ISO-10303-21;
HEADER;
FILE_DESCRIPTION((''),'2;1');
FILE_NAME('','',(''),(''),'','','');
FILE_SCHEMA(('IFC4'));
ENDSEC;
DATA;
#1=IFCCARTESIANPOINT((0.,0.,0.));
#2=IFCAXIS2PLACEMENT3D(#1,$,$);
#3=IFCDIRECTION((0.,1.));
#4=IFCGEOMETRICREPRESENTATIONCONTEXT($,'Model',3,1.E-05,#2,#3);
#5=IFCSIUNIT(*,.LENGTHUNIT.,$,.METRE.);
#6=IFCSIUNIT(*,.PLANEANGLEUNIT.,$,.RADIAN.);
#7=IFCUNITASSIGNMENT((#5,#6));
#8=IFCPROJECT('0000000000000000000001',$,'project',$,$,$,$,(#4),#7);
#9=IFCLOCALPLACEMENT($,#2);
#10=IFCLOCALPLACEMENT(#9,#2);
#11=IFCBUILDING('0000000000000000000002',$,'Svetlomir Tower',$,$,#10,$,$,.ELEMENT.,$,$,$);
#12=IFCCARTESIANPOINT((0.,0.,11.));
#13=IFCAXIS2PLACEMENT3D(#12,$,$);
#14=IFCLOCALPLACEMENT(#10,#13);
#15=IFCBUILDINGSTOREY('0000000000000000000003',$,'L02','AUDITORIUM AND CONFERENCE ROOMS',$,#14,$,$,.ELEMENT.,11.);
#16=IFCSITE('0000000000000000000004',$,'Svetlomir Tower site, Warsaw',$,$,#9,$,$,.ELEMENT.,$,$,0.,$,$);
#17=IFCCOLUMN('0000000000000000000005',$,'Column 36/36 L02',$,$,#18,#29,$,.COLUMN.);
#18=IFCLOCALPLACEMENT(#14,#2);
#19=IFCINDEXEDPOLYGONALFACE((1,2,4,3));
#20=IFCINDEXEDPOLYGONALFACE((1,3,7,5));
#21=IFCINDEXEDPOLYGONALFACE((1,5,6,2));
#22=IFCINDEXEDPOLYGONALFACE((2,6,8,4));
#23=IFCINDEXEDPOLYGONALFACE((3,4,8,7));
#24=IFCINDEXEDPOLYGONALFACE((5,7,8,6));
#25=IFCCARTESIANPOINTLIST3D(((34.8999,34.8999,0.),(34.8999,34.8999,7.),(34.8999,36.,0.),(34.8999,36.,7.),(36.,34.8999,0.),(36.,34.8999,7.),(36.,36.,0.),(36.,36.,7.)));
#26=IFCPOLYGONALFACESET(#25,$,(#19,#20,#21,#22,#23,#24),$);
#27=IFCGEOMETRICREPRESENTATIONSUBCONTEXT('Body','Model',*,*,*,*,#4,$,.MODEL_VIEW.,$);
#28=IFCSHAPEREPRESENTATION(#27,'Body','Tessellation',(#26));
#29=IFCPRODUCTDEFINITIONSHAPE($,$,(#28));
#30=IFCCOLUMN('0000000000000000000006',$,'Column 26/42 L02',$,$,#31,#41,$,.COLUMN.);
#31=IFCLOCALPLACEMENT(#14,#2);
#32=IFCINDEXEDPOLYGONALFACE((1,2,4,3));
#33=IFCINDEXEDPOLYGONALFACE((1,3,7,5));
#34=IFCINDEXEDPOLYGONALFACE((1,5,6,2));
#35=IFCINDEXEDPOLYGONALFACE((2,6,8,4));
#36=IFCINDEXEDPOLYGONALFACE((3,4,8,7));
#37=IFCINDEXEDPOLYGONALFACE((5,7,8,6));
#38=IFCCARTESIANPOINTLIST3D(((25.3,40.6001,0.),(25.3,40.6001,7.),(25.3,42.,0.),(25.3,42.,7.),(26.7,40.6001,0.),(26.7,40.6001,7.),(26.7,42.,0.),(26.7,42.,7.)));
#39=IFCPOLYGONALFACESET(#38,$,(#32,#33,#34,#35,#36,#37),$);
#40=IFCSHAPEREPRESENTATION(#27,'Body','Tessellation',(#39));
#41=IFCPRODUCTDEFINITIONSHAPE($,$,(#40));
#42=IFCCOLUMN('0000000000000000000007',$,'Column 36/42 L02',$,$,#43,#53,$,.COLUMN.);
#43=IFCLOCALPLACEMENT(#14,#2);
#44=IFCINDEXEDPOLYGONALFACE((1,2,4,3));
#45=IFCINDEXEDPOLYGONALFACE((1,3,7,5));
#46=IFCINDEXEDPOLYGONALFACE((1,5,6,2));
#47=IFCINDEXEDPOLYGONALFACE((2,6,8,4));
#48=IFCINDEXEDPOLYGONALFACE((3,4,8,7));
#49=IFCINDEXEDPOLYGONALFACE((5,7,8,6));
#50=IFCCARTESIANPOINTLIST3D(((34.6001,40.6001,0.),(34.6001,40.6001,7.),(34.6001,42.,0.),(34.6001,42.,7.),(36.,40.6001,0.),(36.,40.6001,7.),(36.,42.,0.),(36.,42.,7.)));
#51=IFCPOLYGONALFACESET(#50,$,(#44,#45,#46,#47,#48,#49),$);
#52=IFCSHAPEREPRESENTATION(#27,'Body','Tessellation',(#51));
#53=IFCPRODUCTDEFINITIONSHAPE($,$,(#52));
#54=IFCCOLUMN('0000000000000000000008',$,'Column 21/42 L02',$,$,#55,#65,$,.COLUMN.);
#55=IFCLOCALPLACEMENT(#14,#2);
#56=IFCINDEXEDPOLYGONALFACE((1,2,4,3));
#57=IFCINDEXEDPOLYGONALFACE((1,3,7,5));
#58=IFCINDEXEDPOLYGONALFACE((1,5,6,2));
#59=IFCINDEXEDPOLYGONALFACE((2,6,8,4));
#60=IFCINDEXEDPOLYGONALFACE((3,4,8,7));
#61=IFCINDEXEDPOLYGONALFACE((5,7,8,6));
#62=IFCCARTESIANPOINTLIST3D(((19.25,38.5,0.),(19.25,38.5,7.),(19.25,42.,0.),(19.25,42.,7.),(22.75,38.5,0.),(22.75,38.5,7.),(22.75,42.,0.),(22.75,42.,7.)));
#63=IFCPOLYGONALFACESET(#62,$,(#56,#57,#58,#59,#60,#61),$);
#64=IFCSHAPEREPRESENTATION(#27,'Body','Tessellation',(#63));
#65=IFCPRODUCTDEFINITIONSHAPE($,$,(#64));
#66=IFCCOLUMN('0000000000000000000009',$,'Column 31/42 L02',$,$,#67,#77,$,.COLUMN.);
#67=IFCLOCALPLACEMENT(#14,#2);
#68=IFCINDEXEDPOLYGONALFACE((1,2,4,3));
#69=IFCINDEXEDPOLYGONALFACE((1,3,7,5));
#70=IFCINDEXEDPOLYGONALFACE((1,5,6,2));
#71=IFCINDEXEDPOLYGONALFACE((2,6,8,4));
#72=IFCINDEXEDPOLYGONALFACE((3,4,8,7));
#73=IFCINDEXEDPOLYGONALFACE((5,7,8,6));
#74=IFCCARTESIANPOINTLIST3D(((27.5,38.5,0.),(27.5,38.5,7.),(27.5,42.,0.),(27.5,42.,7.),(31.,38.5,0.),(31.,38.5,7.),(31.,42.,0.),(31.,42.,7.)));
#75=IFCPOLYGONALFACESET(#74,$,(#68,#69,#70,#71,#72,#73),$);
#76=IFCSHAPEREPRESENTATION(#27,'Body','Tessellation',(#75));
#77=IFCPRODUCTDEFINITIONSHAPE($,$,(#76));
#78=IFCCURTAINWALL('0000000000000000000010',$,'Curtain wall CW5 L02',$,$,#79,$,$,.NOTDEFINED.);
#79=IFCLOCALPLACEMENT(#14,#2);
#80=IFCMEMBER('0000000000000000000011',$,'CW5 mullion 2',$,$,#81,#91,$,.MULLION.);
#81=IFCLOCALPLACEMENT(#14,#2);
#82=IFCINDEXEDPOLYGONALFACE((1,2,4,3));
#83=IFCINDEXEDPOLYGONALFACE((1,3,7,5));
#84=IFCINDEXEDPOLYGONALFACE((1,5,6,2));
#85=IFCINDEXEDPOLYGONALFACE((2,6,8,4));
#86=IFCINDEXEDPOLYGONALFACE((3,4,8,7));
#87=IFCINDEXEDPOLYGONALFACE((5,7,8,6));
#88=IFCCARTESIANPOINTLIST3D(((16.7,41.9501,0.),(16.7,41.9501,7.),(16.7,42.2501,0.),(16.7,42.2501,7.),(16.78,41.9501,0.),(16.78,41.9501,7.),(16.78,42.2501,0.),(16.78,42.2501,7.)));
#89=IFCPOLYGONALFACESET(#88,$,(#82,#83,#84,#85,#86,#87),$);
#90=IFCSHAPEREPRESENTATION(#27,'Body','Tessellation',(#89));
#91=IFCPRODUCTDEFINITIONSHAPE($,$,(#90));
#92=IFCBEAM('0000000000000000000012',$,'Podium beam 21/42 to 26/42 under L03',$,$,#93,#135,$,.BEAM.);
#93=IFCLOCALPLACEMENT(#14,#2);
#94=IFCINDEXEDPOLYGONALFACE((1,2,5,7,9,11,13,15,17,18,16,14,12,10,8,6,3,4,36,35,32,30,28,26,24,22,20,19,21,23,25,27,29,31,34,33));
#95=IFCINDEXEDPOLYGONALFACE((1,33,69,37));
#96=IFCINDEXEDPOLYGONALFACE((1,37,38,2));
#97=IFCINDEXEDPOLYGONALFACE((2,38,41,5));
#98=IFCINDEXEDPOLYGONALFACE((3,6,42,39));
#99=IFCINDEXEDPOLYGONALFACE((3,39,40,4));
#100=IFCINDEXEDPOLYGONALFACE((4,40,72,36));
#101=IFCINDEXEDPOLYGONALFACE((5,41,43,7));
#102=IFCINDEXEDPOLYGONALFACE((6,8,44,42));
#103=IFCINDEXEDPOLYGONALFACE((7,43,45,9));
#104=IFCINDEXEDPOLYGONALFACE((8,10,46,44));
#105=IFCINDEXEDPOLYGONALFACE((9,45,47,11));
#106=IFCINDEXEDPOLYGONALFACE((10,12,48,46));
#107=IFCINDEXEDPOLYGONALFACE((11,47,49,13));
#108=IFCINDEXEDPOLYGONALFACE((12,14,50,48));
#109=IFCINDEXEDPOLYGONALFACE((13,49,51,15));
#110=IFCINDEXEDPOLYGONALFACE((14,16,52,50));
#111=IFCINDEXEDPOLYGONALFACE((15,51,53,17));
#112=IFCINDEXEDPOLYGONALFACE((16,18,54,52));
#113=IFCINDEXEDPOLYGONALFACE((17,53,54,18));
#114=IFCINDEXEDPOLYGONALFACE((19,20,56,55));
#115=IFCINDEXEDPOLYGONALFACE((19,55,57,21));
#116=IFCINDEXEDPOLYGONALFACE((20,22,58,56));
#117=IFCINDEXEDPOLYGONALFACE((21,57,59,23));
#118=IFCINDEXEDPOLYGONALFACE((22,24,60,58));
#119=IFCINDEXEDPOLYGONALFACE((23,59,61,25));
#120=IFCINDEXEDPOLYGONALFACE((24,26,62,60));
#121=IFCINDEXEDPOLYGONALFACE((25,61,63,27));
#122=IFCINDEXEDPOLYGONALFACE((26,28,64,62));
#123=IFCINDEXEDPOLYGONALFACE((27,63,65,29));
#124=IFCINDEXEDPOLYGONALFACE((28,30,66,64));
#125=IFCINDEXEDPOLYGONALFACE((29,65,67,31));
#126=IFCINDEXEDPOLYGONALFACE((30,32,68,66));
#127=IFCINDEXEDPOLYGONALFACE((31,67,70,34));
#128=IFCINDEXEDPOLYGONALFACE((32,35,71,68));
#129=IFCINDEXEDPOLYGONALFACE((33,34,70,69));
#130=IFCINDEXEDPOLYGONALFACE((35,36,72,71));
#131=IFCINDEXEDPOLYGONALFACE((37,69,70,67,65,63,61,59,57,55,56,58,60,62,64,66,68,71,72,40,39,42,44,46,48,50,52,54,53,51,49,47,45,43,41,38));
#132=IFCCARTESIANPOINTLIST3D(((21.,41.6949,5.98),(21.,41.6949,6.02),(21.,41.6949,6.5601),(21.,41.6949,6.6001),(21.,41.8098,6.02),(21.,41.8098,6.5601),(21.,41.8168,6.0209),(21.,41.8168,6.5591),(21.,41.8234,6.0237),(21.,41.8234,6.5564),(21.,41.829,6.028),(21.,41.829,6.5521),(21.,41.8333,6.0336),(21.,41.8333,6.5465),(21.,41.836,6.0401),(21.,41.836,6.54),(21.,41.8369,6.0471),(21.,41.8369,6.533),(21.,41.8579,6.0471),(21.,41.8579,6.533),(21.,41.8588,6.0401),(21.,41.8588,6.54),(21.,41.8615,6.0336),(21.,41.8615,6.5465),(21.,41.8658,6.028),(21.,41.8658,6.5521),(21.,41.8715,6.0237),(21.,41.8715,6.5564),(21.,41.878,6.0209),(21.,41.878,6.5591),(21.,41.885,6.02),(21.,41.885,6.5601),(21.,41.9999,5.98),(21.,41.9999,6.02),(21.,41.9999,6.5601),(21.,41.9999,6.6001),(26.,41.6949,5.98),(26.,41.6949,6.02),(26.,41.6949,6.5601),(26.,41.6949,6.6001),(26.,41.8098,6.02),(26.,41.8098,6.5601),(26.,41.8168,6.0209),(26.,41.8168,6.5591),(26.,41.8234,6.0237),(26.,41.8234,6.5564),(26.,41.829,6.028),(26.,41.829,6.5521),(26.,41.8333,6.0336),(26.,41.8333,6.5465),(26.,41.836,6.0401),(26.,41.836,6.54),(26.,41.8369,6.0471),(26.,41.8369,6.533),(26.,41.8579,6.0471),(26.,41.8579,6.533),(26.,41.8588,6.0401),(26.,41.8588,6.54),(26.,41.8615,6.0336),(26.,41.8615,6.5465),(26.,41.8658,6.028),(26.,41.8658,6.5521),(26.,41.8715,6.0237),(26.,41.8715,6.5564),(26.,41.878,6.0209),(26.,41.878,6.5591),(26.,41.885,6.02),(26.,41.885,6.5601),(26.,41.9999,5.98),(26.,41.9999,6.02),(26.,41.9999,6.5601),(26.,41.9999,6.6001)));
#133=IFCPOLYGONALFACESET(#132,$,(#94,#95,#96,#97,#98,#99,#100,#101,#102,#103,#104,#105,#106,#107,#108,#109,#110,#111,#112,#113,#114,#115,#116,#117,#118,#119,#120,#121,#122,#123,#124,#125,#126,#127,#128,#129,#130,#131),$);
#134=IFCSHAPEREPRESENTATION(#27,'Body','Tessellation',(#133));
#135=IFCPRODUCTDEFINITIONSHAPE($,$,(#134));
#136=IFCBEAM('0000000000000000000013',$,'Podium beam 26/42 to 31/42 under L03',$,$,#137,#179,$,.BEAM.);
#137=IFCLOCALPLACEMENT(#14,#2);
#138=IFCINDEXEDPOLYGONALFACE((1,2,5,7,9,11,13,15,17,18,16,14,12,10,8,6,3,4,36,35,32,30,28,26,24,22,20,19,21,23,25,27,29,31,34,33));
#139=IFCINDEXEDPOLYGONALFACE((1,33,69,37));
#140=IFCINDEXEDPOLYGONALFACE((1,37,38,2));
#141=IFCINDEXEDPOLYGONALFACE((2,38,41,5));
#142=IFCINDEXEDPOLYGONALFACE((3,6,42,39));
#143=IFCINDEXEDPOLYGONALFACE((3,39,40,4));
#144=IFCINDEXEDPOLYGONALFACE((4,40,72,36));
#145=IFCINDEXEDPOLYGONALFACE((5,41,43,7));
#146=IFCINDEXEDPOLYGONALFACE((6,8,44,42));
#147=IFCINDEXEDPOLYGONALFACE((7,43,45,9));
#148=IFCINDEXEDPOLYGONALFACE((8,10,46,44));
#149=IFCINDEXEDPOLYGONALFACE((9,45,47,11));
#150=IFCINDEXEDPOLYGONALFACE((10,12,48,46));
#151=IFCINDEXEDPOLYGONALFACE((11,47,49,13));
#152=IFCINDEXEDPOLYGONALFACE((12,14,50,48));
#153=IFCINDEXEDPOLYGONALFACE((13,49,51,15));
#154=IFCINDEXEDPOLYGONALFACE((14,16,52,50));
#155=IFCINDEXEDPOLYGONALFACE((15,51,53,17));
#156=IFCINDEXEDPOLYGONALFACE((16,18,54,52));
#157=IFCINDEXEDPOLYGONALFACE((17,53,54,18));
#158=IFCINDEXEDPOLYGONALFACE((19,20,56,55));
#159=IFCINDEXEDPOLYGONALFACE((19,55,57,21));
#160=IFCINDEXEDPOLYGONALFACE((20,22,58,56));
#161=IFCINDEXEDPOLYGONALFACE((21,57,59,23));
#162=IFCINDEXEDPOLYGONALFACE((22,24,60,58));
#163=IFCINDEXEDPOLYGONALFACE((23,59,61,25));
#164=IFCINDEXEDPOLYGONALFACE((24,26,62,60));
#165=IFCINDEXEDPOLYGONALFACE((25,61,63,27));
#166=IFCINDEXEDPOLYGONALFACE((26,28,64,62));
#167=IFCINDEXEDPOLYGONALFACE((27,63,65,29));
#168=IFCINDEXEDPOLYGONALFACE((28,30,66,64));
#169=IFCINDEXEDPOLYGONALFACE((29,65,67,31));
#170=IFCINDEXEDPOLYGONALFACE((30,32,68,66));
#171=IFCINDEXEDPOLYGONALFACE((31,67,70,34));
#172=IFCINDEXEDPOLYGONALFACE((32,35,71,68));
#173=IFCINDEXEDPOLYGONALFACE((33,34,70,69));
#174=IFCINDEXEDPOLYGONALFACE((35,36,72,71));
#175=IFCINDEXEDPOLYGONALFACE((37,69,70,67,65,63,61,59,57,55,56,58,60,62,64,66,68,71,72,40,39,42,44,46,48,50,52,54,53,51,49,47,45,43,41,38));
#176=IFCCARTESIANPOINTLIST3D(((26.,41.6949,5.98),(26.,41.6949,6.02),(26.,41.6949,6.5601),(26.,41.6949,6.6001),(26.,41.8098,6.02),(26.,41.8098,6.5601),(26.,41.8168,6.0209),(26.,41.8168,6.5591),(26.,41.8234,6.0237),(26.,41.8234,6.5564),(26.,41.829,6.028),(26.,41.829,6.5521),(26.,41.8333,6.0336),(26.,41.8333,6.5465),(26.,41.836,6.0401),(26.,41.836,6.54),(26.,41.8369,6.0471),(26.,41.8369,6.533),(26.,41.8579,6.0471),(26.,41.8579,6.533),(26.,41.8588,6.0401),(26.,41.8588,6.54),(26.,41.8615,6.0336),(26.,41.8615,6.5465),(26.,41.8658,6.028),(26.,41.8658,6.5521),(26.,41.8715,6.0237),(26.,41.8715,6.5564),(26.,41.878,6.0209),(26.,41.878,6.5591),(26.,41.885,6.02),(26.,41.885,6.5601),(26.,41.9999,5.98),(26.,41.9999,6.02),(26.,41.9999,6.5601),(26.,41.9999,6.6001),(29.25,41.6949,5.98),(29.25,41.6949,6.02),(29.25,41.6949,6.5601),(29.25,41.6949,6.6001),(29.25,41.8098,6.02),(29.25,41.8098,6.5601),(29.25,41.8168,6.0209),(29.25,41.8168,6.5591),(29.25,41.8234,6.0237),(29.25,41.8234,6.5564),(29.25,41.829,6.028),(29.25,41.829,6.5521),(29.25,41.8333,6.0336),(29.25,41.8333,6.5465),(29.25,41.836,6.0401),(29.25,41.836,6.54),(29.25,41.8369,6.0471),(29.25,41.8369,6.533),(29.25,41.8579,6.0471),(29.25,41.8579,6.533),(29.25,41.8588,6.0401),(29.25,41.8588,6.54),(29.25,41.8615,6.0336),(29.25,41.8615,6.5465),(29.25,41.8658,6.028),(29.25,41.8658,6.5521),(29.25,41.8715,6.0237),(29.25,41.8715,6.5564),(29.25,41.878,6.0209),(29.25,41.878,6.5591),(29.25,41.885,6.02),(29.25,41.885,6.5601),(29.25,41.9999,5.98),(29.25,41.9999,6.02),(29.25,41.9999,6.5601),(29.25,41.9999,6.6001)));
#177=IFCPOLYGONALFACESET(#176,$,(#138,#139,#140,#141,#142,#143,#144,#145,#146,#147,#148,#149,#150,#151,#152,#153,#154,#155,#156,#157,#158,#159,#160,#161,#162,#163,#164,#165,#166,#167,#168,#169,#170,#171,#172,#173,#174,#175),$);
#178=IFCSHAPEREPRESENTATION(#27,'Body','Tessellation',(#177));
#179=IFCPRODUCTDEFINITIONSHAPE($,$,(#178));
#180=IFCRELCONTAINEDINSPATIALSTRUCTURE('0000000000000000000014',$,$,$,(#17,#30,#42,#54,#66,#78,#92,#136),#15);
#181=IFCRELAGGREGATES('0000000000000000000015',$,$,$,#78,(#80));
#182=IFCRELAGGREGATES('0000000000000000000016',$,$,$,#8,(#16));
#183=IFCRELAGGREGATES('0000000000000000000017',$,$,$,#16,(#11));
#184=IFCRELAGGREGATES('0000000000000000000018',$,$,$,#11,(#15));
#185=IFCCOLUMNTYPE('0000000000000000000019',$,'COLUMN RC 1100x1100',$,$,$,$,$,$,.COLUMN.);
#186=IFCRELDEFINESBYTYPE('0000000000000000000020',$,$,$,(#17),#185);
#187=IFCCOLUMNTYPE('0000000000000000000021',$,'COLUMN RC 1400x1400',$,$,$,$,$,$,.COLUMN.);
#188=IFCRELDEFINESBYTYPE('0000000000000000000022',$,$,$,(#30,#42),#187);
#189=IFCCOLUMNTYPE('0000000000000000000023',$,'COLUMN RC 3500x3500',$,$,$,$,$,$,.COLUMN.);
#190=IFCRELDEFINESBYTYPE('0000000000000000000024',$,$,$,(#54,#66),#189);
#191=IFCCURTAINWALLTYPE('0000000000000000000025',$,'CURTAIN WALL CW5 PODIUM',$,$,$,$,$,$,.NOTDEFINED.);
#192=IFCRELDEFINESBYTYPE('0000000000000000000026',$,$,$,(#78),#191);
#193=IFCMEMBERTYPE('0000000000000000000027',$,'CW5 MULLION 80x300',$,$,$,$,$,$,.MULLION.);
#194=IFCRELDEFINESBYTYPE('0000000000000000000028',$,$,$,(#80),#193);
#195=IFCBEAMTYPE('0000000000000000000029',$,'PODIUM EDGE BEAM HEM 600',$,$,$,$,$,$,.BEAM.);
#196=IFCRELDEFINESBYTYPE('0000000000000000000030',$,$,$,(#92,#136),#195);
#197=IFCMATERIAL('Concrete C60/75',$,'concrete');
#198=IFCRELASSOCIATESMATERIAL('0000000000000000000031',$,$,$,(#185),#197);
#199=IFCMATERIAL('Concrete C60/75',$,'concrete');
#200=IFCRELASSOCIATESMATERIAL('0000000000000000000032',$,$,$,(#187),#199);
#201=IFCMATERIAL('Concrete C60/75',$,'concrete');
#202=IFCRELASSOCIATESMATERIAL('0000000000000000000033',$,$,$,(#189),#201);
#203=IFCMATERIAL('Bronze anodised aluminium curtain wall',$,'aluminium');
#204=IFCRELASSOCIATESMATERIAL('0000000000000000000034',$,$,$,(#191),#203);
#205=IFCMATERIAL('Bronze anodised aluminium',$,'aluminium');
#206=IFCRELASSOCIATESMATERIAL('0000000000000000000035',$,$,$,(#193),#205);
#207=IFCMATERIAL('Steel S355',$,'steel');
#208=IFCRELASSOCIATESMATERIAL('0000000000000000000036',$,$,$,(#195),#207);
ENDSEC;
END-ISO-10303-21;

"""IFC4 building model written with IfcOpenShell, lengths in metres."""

from ifc_helpers import new_model, si_unit, direction, frame, origin, origin_2d, place, context, subcontext, project, spatial, rectangle, i_section, extrude, material, material_profile, profile_set, type_object, element, aggregate, save


model = new_model("IFC4")

# Units and contexts
model_context = context("Model", 3, precision=1e-05, world=origin(), true_north=direction((0.0, 1.0)))
body_context = subcontext(model_context, "Body", "Model", "MODEL_VIEW")
ifc_project = project(units=[si_unit("LENGTHUNIT", "METRE"), si_unit("PLANEANGLEUNIT", "RADIAN")], contexts=[model_context])

# Site, building, storey
site_placement = place(None, origin())
site = spatial("IfcSite", under=ifc_project, at=site_placement, Name="Svetlomir Tower site, Warsaw", CompositionType="ELEMENT", RefElevation=0.0)
building_placement = place(site_placement, origin())
building = spatial("IfcBuilding", under=site, at=building_placement, Name="Svetlomir Tower", CompositionType="ELEMENT")
storey_placement = place(building_placement, frame((0.0, 0.0, 11.0)))
storey = spatial("IfcBuildingStorey", under=building, at=storey_placement, Name="L02", Description="AUDITORIUM AND CONFERENCE ROOMS", CompositionType="ELEMENT", Elevation=11.0)

# Columns
ifc_material_1 = material(Name="Concrete C60/75", Category="concrete")
ifc_material_profile_1 = material_profile(ifc_material_1, rectangle(XDim=1.1001, YDim=1.1001, at=origin_2d()), Name="RC 1100x1100")
ifc_profile_set_1 = profile_set([ifc_material_profile_1], Name="Concrete C60/75")
column_type_1 = type_object("IfcColumnType", Name="COLUMN RC 1100x1100", PredefinedType="COLUMN", material=ifc_profile_set_1)
column_placement = place(storey_placement, frame((35.45, 35.45, 0.0), z_axis=(0.0, 0.0, 1.0), x_axis=(1.0, 0.0, 0.0)))
element("IfcColumn", 1, at=column_placement, inside=storey, type_object=column_type_1, Name="Column 36/36 L02", PredefinedType="COLUMN", context=body_context, shape_type="SweptSolid", body=[
    extrude(rectangle(XDim=1.1001, YDim=1.1001, at=origin_2d()), origin(), (0.0, 0.0, 1.0), 7.0),
])
ifc_material_2 = material(Name="Concrete C60/75", Category="concrete")
ifc_material_profile_2 = material_profile(ifc_material_2, rectangle(XDim=1.3999, YDim=1.3999, at=origin_2d()), Name="RC 1400x1400")
ifc_profile_set_2 = profile_set([ifc_material_profile_2], Name="Concrete C60/75")
column_type_2 = type_object("IfcColumnType", Name="COLUMN RC 1400x1400", PredefinedType="COLUMN", material=ifc_profile_set_2)
for number, where, z_axis, x_axis, name in (
    (2, (26.0, 41.3, 0.0), (0.0, 0.0, 1.0), (1.0, 0.0, 0.0), "Column 26/42 L02"),
    (3, (35.3, 41.3, 0.0), (0.0, 0.0, 1.0), (1.0, 0.0, 0.0), "Column 36/42 L02"),
):
    element("IfcColumn", number, at=place(storey_placement, frame(where, z_axis=z_axis, x_axis=x_axis)), inside=storey, type_object=column_type_2, Name=name, PredefinedType="COLUMN", context=body_context, shape_type="SweptSolid", body=[
        extrude(rectangle(XDim=1.3999, YDim=1.3999, at=origin_2d()), origin(), (0.0, 0.0, 1.0), 7.0),
    ])
ifc_material_3 = material(Name="Concrete C60/75", Category="concrete")
ifc_material_profile_3 = material_profile(ifc_material_3, rectangle(XDim=3.5, YDim=3.5, at=origin_2d()), Name="RC 3500x3500")
ifc_profile_set_3 = profile_set([ifc_material_profile_3], Name="Concrete C60/75")
column_type_3 = type_object("IfcColumnType", Name="COLUMN RC 3500x3500", PredefinedType="COLUMN", material=ifc_profile_set_3)
for number, where, z_axis, x_axis, name in (
    (4, (21.0, 40.25, 0.0), (0.0, 0.0, 1.0), (1.0, 0.0, 0.0), "Column 21/42 L02"),
    (5, (29.25, 40.25, 0.0), (0.0, 0.0, 1.0), (1.0, 0.0, 0.0), "Column 31/42 L02"),
):
    element("IfcColumn", number, at=place(storey_placement, frame(where, z_axis=z_axis, x_axis=x_axis)), inside=storey, type_object=column_type_3, Name=name, PredefinedType="COLUMN", context=body_context, shape_type="SweptSolid", body=[
        extrude(rectangle(XDim=3.5, YDim=3.5, at=origin_2d()), origin(), (0.0, 0.0, 1.0), 7.0),
    ])

# Curtain wall, member
ifc_material_4 = material(Name="Bronze anodised aluminium curtain wall", Category="aluminium")
curtain_wall_type = type_object("IfcCurtainWallType", Name="CURTAIN WALL CW5 PODIUM", PredefinedType="NOTDEFINED", material=ifc_material_4)
curtain_wall_placement = place(storey_placement, origin())
curtain_wall = element("IfcCurtainWall", 6, at=curtain_wall_placement, inside=storey, type_object=curtain_wall_type, Name="Curtain wall CW5 L02", PredefinedType="NOTDEFINED")
ifc_material_5 = material(Name="Bronze anodised aluminium", Category="aluminium")
ifc_material_profile_4 = material_profile(ifc_material_5, rectangle(XDim=0.0801, YDim=0.3, at=origin_2d()), Name="AL 80x300")
ifc_profile_set_4 = profile_set([ifc_material_profile_4], Name="Bronze anodised aluminium 6063-T6")
member_type = type_object("IfcMemberType", Name="CW5 MULLION 80x300", PredefinedType="MULLION", material=ifc_profile_set_4)
member_placement = place(storey_placement, frame((16.74, 42.1001, 0.0), z_axis=(0.0, 0.0, 1.0), x_axis=(-1.0, 0.0, 0.0)))
member = element("IfcMember", 7, at=member_placement, type_object=member_type, Name="CW5 mullion 2", PredefinedType="MULLION", context=body_context, shape_type="SweptSolid", body=[
    extrude(rectangle(XDim=0.0801, YDim=0.3, at=origin_2d()), origin(), (0.0, 0.0, 1.0), 7.0),
])

# Beams
ifc_material_6 = material(Name="Steel S355", Category="steel")
ifc_material_profile_5 = material_profile(ifc_material_6, i_section(OverallWidth=0.3049, OverallDepth=0.6201, WebThickness=0.021, FlangeThickness=0.04, FilletRadius=0.0271, at=origin_2d()), Name="HEM 600")
ifc_profile_set_5 = profile_set([ifc_material_profile_5], Name="Steel S355")
beam_type = type_object("IfcBeamType", Name="PODIUM EDGE BEAM HEM 600", PredefinedType="BEAM", material=ifc_profile_set_5)
beam_1_placement = place(storey_placement, frame((21.0, 41.8474, 6.29), z_axis=(1.0, 0.0, 0.0), x_axis=(0.0, 1.0, 0.0)))
element("IfcBeam", 8, at=beam_1_placement, inside=storey, type_object=beam_type, Name="Podium beam 21/42 to 26/42 under L03", PredefinedType="BEAM", context=body_context, shape_type="SweptSolid", body=[
    extrude(i_section(OverallWidth=0.3049, OverallDepth=0.6201, WebThickness=0.021, FlangeThickness=0.04, FilletRadius=0.0271, at=origin_2d()), origin(), (0.0, 0.0, 1.0), 5.0),
])
beam_2_placement = place(storey_placement, frame((26.0, 41.8474, 6.29), z_axis=(1.0, 0.0, 0.0), x_axis=(0.0, 1.0, 0.0)))
element("IfcBeam", 9, at=beam_2_placement, inside=storey, type_object=beam_type, Name="Podium beam 26/42 to 31/42 under L03", PredefinedType="BEAM", context=body_context, shape_type="SweptSolid", body=[
    extrude(i_section(OverallWidth=0.3049, OverallDepth=0.6201, WebThickness=0.021, FlangeThickness=0.04, FilletRadius=0.0271, at=origin_2d()), origin(), (0.0, 0.0, 1.0), 3.25),
])

aggregate(curtain_wall, [member])

save(model, "model.ifc")
